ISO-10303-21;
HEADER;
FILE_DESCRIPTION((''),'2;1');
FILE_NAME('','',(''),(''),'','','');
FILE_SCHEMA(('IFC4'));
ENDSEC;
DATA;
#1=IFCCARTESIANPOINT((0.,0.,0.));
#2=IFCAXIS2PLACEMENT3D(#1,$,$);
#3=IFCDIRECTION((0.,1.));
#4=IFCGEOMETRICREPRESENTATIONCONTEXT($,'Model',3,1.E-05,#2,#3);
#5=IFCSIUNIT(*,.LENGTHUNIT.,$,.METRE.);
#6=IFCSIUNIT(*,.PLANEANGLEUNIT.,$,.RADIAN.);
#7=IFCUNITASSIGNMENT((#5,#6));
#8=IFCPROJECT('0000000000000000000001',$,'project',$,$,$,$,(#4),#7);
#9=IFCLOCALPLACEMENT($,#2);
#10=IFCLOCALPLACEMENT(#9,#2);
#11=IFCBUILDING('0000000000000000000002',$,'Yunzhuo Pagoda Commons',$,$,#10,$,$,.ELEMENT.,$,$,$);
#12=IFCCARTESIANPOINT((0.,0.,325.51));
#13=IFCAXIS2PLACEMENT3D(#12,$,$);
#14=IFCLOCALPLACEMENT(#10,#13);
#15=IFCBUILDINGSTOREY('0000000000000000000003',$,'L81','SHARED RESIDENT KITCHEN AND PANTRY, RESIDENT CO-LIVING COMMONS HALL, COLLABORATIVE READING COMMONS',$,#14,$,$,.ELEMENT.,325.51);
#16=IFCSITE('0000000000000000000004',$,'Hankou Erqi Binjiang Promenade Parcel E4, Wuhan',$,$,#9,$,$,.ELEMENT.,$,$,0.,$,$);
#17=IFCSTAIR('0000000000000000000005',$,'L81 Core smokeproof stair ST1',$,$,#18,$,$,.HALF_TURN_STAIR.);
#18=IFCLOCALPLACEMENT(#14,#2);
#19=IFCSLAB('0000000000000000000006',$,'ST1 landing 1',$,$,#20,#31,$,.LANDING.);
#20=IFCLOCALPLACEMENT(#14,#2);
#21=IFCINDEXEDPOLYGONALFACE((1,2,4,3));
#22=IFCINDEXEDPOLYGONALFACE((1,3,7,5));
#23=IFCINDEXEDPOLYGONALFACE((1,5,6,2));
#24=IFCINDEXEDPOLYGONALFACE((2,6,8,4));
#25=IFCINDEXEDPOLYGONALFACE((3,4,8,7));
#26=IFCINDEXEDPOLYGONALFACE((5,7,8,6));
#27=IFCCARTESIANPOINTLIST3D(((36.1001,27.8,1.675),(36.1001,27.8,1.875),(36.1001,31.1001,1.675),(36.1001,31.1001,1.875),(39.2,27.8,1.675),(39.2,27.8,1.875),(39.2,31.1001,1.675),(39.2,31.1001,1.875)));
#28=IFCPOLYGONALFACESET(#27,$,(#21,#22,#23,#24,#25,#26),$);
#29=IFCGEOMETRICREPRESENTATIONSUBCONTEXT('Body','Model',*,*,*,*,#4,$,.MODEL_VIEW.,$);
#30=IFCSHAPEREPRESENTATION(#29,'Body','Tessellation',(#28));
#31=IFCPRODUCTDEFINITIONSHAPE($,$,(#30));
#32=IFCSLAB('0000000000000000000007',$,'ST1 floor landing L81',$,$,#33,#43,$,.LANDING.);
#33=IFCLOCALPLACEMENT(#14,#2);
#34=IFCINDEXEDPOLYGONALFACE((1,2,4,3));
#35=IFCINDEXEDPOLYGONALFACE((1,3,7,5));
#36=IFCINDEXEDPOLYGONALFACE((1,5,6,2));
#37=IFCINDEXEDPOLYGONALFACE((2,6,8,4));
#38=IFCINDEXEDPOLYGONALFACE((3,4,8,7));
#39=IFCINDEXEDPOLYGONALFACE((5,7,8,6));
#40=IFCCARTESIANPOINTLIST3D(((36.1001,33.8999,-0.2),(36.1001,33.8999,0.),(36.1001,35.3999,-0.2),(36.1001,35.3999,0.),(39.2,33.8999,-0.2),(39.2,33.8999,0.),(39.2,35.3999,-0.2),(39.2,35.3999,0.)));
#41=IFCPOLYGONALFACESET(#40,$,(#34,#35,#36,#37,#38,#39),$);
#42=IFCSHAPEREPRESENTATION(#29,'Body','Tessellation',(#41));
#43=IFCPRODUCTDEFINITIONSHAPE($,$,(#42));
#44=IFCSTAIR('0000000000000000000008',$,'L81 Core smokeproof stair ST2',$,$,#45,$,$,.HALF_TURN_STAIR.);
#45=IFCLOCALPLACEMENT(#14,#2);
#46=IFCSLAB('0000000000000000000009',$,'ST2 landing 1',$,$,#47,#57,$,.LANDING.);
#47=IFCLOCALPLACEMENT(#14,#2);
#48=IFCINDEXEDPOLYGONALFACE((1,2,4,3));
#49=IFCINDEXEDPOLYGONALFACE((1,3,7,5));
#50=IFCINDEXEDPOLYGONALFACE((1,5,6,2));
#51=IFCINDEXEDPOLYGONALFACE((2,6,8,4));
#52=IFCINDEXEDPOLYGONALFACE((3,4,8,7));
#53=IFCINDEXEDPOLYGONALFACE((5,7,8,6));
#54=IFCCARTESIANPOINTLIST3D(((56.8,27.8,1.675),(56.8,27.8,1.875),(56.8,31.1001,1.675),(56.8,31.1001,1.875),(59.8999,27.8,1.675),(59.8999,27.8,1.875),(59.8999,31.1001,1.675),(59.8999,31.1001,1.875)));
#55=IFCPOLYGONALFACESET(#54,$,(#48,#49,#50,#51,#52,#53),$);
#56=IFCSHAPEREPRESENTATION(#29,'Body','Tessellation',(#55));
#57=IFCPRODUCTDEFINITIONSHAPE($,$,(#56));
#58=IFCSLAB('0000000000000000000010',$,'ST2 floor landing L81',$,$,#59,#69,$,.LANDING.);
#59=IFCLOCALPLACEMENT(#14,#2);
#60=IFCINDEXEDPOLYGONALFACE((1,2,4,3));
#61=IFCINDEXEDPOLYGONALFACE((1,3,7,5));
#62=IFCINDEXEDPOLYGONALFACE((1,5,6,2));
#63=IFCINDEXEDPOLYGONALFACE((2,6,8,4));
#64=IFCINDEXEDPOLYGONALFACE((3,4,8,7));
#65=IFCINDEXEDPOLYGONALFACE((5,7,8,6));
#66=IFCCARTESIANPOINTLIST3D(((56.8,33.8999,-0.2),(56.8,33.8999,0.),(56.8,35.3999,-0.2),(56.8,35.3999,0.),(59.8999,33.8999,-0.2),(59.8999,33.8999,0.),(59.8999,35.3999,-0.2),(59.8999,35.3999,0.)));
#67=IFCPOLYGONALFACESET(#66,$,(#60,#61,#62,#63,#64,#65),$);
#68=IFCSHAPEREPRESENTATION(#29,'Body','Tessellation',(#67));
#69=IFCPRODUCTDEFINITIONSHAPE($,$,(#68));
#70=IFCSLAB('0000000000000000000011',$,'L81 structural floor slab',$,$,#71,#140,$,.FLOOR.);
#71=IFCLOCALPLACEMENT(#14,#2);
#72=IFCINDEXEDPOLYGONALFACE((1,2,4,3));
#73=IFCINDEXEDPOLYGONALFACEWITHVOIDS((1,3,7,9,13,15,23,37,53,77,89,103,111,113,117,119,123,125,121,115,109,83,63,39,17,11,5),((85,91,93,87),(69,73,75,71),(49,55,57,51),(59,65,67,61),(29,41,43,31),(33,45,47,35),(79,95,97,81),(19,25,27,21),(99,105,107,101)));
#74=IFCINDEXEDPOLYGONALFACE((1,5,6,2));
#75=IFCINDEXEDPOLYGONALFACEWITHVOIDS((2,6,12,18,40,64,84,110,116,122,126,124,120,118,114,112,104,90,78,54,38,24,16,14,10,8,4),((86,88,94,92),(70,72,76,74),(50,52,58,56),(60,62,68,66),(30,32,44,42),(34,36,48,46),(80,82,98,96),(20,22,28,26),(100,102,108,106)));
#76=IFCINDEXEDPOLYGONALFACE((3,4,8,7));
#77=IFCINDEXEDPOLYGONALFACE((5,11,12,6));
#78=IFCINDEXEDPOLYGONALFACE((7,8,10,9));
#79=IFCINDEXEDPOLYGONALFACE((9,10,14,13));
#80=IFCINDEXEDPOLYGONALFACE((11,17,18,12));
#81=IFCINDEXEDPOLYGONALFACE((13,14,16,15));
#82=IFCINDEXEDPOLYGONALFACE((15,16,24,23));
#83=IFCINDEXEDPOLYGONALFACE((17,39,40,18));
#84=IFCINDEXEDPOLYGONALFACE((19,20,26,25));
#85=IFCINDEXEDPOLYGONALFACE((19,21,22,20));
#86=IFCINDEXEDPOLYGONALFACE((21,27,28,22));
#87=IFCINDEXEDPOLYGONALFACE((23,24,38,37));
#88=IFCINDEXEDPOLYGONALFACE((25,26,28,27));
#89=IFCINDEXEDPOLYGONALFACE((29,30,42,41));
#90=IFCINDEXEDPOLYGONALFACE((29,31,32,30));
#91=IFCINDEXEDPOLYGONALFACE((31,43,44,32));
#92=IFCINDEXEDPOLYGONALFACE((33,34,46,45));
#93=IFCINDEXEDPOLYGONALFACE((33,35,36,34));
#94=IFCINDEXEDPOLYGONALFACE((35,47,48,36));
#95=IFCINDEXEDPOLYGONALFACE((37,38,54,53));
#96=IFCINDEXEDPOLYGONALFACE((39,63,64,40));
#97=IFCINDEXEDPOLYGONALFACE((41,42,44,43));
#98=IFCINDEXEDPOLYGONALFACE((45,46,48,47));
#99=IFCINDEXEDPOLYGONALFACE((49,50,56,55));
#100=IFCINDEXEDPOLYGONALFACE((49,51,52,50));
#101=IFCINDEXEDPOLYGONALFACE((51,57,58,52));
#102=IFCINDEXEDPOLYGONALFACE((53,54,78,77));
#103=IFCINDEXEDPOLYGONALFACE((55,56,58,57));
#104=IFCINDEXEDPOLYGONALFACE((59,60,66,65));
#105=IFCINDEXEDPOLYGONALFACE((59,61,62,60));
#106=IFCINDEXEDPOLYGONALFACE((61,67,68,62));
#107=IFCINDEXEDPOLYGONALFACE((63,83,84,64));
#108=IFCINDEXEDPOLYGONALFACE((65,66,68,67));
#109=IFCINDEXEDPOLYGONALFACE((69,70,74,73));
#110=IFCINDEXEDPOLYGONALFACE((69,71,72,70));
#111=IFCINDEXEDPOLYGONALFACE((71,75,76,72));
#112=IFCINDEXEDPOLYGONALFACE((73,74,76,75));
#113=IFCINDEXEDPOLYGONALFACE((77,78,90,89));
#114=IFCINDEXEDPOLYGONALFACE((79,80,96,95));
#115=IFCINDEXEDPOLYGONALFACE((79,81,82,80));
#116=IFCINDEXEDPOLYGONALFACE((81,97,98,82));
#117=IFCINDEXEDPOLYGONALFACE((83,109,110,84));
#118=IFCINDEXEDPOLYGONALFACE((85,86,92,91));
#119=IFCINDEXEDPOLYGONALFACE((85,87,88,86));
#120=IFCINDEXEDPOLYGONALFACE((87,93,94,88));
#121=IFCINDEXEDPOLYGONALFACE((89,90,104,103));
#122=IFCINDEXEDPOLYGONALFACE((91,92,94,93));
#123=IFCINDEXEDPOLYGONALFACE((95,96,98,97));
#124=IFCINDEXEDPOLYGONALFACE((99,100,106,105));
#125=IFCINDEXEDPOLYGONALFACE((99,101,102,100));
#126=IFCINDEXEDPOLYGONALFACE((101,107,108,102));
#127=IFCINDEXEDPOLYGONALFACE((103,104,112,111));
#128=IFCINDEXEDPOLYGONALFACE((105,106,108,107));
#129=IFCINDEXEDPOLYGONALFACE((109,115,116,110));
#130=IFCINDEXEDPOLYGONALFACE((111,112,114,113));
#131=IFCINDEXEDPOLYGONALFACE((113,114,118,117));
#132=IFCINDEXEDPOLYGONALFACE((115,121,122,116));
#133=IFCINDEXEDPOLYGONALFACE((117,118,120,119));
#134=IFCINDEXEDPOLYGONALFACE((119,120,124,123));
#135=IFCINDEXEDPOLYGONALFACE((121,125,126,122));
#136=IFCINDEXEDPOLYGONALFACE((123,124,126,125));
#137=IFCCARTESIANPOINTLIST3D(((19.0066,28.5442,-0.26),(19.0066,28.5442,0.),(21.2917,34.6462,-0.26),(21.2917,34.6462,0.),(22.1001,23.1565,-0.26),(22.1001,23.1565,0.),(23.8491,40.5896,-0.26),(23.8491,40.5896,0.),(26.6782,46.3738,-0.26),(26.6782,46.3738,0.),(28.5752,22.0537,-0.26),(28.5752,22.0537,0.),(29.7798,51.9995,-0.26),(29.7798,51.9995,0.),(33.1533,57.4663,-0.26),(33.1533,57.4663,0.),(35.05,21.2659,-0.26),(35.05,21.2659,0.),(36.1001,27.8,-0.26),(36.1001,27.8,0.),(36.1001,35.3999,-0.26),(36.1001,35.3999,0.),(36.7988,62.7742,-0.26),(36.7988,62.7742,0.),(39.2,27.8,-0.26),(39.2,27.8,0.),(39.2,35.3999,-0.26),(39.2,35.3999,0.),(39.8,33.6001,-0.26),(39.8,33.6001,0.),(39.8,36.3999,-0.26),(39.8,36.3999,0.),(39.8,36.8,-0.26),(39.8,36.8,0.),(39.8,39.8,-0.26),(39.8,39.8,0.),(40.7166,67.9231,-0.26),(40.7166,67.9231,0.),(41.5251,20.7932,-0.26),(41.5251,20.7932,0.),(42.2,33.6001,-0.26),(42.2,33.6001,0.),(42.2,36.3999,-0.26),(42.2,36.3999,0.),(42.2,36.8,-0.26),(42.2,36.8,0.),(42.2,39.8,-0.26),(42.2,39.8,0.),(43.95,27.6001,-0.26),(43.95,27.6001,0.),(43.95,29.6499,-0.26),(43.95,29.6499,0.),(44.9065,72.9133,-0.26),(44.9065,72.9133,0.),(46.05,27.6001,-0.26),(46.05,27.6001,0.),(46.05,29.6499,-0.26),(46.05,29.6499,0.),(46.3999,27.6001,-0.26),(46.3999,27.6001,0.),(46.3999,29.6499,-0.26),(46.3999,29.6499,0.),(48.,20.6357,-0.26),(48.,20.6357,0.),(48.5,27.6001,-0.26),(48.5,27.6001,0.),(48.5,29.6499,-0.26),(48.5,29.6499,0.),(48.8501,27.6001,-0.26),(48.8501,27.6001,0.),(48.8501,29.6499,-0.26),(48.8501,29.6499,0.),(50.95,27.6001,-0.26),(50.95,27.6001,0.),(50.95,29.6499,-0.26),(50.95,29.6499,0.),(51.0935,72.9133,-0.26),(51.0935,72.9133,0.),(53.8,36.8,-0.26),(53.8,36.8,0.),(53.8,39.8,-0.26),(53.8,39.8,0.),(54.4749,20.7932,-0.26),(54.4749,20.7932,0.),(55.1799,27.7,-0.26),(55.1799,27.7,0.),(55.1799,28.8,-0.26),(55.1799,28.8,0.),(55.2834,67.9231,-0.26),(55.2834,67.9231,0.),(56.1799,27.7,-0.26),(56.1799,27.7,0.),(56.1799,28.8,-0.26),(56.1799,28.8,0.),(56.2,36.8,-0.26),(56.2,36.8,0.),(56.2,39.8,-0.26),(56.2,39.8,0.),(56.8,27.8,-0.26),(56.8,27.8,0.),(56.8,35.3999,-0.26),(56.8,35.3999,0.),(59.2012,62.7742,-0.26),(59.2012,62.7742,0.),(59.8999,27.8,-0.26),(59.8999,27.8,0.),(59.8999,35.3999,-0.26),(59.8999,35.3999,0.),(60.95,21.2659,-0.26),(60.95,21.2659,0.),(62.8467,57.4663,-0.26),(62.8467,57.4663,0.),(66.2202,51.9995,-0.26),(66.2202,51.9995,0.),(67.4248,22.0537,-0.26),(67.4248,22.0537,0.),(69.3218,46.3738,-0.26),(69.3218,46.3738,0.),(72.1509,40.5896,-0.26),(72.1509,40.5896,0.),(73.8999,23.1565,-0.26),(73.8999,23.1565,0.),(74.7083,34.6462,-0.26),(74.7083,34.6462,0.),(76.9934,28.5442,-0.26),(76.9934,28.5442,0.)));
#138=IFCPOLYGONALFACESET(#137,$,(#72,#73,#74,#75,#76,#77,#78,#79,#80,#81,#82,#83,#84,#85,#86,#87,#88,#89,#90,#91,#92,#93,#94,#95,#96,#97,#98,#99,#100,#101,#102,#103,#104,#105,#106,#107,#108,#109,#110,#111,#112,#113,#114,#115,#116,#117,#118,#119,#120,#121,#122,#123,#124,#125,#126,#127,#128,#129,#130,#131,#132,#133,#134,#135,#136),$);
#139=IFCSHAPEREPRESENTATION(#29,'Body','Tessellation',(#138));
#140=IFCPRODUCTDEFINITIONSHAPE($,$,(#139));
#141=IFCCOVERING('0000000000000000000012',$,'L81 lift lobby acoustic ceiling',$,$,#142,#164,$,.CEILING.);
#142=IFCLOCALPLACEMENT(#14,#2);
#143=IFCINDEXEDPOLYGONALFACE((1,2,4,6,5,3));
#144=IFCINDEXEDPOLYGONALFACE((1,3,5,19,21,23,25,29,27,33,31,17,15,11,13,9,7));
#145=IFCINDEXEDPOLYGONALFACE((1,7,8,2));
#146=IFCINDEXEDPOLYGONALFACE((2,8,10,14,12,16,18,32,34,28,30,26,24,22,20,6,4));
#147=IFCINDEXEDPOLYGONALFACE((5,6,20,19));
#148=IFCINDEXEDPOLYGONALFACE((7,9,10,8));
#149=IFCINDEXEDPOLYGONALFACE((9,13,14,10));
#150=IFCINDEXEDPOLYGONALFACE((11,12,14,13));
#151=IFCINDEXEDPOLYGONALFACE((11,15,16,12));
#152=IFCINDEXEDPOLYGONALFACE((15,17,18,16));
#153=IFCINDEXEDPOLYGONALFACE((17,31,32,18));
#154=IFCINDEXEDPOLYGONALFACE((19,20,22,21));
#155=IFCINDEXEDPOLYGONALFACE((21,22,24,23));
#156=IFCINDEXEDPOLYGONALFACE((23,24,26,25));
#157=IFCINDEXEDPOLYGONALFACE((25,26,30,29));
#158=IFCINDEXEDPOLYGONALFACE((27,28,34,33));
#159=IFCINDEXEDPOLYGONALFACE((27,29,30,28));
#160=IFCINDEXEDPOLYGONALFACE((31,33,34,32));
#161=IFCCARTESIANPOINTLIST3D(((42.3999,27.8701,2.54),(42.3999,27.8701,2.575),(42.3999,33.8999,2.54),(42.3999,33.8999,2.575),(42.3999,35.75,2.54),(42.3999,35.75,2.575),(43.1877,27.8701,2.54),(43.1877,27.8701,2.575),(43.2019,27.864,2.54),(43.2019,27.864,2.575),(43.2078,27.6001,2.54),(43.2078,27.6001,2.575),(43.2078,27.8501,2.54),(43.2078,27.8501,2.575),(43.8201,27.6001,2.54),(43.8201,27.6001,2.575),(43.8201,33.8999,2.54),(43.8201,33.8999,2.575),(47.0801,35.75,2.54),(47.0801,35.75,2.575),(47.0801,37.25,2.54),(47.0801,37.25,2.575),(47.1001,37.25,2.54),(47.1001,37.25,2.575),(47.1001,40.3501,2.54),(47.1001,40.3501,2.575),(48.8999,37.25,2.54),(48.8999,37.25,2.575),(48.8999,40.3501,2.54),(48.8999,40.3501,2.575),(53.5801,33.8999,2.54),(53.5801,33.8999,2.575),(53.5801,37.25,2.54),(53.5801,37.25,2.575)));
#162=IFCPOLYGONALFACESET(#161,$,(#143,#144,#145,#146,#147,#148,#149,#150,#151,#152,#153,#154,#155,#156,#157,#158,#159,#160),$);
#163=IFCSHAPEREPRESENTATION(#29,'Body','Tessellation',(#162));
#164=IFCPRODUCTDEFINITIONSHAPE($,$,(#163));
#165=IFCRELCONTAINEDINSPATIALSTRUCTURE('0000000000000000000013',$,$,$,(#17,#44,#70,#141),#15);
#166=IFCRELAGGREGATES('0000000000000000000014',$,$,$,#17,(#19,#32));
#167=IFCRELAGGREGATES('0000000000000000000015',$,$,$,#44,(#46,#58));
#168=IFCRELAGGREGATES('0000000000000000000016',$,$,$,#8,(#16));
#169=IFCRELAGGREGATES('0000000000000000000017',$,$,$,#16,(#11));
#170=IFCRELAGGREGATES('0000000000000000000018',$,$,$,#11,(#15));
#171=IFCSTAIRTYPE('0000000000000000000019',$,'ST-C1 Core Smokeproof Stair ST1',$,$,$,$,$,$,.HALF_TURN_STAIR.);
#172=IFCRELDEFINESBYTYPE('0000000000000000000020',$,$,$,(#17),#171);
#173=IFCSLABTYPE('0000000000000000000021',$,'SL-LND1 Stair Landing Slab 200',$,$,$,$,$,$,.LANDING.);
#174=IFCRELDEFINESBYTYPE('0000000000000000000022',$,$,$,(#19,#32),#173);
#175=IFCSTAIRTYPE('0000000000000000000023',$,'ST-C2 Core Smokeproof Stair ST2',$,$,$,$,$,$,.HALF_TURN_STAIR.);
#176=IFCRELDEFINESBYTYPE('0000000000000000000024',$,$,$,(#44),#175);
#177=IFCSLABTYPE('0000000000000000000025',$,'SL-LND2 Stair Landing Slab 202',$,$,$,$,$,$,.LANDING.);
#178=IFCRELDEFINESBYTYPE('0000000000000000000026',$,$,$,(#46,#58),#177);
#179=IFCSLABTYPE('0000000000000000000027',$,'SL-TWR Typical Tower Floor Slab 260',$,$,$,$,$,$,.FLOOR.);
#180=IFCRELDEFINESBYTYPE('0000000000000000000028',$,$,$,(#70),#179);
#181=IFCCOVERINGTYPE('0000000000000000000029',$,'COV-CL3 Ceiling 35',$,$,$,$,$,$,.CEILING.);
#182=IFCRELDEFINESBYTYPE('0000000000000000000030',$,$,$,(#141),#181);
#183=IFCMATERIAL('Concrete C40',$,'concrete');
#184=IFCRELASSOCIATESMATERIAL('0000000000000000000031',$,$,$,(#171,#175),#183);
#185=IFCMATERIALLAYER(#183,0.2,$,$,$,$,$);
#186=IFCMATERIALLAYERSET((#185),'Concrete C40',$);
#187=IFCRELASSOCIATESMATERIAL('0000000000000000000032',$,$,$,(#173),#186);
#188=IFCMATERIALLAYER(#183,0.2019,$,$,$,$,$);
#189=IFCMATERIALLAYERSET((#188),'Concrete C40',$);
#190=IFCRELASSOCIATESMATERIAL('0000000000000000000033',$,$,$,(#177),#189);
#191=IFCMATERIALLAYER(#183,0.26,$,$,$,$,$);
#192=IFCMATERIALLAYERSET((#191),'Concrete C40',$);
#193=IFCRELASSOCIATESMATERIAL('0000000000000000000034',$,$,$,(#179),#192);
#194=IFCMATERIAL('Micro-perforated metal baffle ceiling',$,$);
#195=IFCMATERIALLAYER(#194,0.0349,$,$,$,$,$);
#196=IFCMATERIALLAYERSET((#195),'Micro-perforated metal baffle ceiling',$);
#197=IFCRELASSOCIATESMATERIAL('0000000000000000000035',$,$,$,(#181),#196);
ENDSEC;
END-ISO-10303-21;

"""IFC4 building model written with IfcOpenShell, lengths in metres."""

from ifc_helpers import new_model, si_unit, direction, frame, origin, place, context, subcontext, project, spatial, polyline, outline, extrude, material, layer, layer_set, type_object, element, aggregate, save


model = new_model("IFC4")

# Units and contexts
model_context = context("Model", 3, precision=1e-05, world=origin(), true_north=direction((0.0, 1.0)))
body_context = subcontext(model_context, "Body", "Model", "MODEL_VIEW")
ifc_project = project(units=[si_unit("LENGTHUNIT", "METRE"), si_unit("PLANEANGLEUNIT", "RADIAN")], contexts=[model_context])

# Site, building, storey
site_placement = place(None, origin())
site = spatial("IfcSite", under=ifc_project, at=site_placement, Name="Hankou Erqi Binjiang Promenade Parcel E4, Wuhan", CompositionType="ELEMENT", RefElevation=0.0)
building_placement = place(site_placement, origin())
building = spatial("IfcBuilding", under=site, at=building_placement, Name="Yunzhuo Pagoda Commons", CompositionType="ELEMENT")
storey_placement = place(building_placement, frame((0.0, 0.0, 325.51)))
storey = spatial("IfcBuildingStorey", under=building, at=storey_placement, Name="L81", Description="SHARED RESIDENT KITCHEN AND PANTRY, RESIDENT CO-LIVING COMMONS HALL, COLLABORATIVE READING COMMONS", CompositionType="ELEMENT", Elevation=325.51)

# Shared definitions
ifc_material_1 = material(Name="Concrete C40", Category="concrete")

# Stairs, slabs
stair_type_1 = type_object("IfcStairType", Name="ST-C1 Core Smokeproof Stair ST1", PredefinedType="HALF_TURN_STAIR", material=ifc_material_1)
stair_1_placement = place(storey_placement, origin())
stair_1 = element("IfcStair", 1, at=stair_1_placement, inside=storey, type_object=stair_type_1, Name="L81 Core smokeproof stair ST1", PredefinedType="HALF_TURN_STAIR")
ifc_layer_1 = layer(ifc_material_1, 0.2)
ifc_layer_set_1 = layer_set([ifc_layer_1], Name="Concrete C40")
slab_type_1 = type_object("IfcSlabType", Name="SL-LND1 Stair Landing Slab 200", PredefinedType="LANDING", material=ifc_layer_set_1)
slab_1_placement = place(storey_placement, frame((0.0, 0.0, 1.675)))
slab_1 = element("IfcSlab", 2, at=slab_1_placement, type_object=slab_type_1, Name="ST1 landing 1", PredefinedType="LANDING", context=body_context, shape_type="SweptSolid", body=[
    extrude(outline(polyline([(36.1001, 31.1001), (36.1001, 27.8), (39.2, 27.8), (39.2, 31.1001), (36.1001, 31.1001)])), origin(), (0.0, 0.0, 1.0), 0.2),
])
slab_2_placement = place(storey_placement, frame((0.0, 0.0, -0.2)))
slab_2 = element("IfcSlab", 3, at=slab_2_placement, type_object=slab_type_1, Name="ST1 floor landing L81", PredefinedType="LANDING", context=body_context, shape_type="SweptSolid", body=[
    extrude(outline(polyline([(36.1001, 35.3999), (36.1001, 33.8999), (39.2, 33.8999), (39.2, 35.3999), (36.1001, 35.3999)])), origin(), (0.0, 0.0, 1.0), 0.2),
])
aggregate(stair_1, [slab_1, slab_2])
stair_type_2 = type_object("IfcStairType", Name="ST-C2 Core Smokeproof Stair ST2", PredefinedType="HALF_TURN_STAIR", material=ifc_material_1)
stair_2_placement = place(storey_placement, origin())
stair_2 = element("IfcStair", 4, at=stair_2_placement, inside=storey, type_object=stair_type_2, Name="L81 Core smokeproof stair ST2", PredefinedType="HALF_TURN_STAIR")
ifc_layer_2 = layer(ifc_material_1, 0.2019)
ifc_layer_set_2 = layer_set([ifc_layer_2], Name="Concrete C40")
slab_type_2 = type_object("IfcSlabType", Name="SL-LND2 Stair Landing Slab 202", PredefinedType="LANDING", material=ifc_layer_set_2)
slab_3_placement = place(storey_placement, frame((0.0, 0.0, 1.675)))
slab_3 = element("IfcSlab", 5, at=slab_3_placement, type_object=slab_type_2, Name="ST2 landing 1", PredefinedType="LANDING", context=body_context, shape_type="SweptSolid", body=[
    extrude(outline(polyline([(56.8, 31.1001), (56.8, 27.8), (59.8999, 27.8), (59.8999, 31.1001), (56.8, 31.1001)])), origin(), (0.0, 0.0, 1.0), 0.2),
])
slab_4_placement = place(storey_placement, frame((0.0, 0.0, -0.2)))
slab_4 = element("IfcSlab", 6, at=slab_4_placement, type_object=slab_type_2, Name="ST2 floor landing L81", PredefinedType="LANDING", context=body_context, shape_type="SweptSolid", body=[
    extrude(outline(polyline([(56.8, 35.3999), (56.8, 33.8999), (59.8999, 33.8999), (59.8999, 35.3999), (56.8, 35.3999)])), origin(), (0.0, 0.0, 1.0), 0.2),
])
aggregate(stair_2, [slab_3, slab_4])

# Slab
ifc_layer_3 = layer(ifc_material_1, 0.26)
ifc_layer_set_3 = layer_set([ifc_layer_3], Name="Concrete C40")
slab_type_3 = type_object("IfcSlabType", Name="SL-TWR Typical Tower Floor Slab 260", PredefinedType="FLOOR", material=ifc_layer_set_3)
slab_5_placement = place(storey_placement, frame((0.0, 0.0, -0.26)))
element("IfcSlab", 7, at=slab_5_placement, inside=storey, type_object=slab_type_3, Name="L81 structural floor slab", PredefinedType="FLOOR", context=body_context, shape_type="SweptSolid", body=[
    extrude(outline(polyline([(21.2917, 34.6462), (23.8491, 40.5896), (26.6782, 46.3738), (29.7798, 51.9995), (33.1533, 57.4663), (36.7988, 62.7742), (40.7166, 67.9231), (44.9065, 72.9133), (51.0935, 72.9133), (55.2834, 67.9231), (59.2012, 62.7742), (62.8467, 57.4663), (66.2202, 51.9995), (69.3218, 46.3738), (72.1509, 40.5896), (74.7083, 34.6462), (76.9934, 28.5442), (73.8999, 23.1565), (67.4248, 22.0537), (60.95, 21.2659), (54.4749, 20.7932), (48.0, 20.6357), (41.5251, 20.7932), (35.05, 21.2659), (28.5752, 22.0537), (22.1001, 23.1565), (19.0066, 28.5442), (21.2917, 34.6462)]), holes=[polyline([(56.1799, 28.8), (55.1799, 28.8), (55.1799, 27.7), (56.1799, 27.7), (56.1799, 28.8)]), polyline([(46.05, 29.6499), (43.95, 29.6499), (43.95, 27.6001), (46.05, 27.6001), (46.05, 29.6499)]), polyline([(48.5, 29.6499), (46.3999, 29.6499), (46.3999, 27.6001), (48.5, 27.6001), (48.5, 29.6499)]), polyline([(50.95, 29.6499), (48.8501, 29.6499), (48.8501, 27.6001), (50.95, 27.6001), (50.95, 29.6499)]), polyline([(39.2, 27.8), (39.2, 35.3999), (36.1001, 35.3999), (36.1001, 27.8), (39.2, 27.8)]), polyline([(59.8999, 27.8), (59.8999, 35.3999), (56.8, 35.3999), (56.8, 27.8), (59.8999, 27.8)]), polyline([(42.2, 36.3999), (39.8, 36.3999), (39.8, 33.6001), (42.2, 33.6001), (42.2, 36.3999)]), polyline([(42.2, 36.8), (42.2, 39.8), (39.8, 39.8), (39.8, 36.8), (42.2, 36.8)]), polyline([(56.2, 36.8), (56.2, 39.8), (53.8, 39.8), (53.8, 36.8), (56.2, 36.8)])]), origin(), (0.0, 0.0, 1.0), 0.26),
])

# Covering
ifc_material_2 = material(Name="Micro-perforated metal baffle ceiling")
ifc_layer_4 = layer(ifc_material_2, 0.0349)
ifc_layer_set_4 = layer_set([ifc_layer_4], Name="Micro-perforated metal baffle ceiling")
covering_type_1 = type_object("IfcCoveringType", Name="COV-CL3 Ceiling 35", PredefinedType="CEILING", material=ifc_layer_set_4)
covering_1_placement = place(storey_placement, frame((0.0, 0.0, 2.54)))
element("IfcCovering", 8, at=covering_1_placement, inside=storey, type_object=covering_type_1, Name="L81 lift lobby acoustic ceiling", PredefinedType="CEILING", context=body_context, shape_type="SweptSolid", body=[
    extrude(outline(polyline([(42.3999, 35.75), (47.0801, 35.75), (47.0801, 37.25), (47.1001, 37.25), (47.1001, 40.3501), (48.8999, 40.3501), (48.8999, 37.25), (53.5801, 37.25), (53.5801, 33.8999), (43.8201, 33.8999), (43.8201, 27.6001), (43.2078, 27.6001), (43.2078, 27.8501), (43.2019, 27.864), (43.1877, 27.8701), (42.3999, 27.8701), (42.3999, 33.8999), (42.3999, 35.75)])), origin(), (0.0, 0.0, 1.0), 0.0349),
])

save(model, "model.ifc")
